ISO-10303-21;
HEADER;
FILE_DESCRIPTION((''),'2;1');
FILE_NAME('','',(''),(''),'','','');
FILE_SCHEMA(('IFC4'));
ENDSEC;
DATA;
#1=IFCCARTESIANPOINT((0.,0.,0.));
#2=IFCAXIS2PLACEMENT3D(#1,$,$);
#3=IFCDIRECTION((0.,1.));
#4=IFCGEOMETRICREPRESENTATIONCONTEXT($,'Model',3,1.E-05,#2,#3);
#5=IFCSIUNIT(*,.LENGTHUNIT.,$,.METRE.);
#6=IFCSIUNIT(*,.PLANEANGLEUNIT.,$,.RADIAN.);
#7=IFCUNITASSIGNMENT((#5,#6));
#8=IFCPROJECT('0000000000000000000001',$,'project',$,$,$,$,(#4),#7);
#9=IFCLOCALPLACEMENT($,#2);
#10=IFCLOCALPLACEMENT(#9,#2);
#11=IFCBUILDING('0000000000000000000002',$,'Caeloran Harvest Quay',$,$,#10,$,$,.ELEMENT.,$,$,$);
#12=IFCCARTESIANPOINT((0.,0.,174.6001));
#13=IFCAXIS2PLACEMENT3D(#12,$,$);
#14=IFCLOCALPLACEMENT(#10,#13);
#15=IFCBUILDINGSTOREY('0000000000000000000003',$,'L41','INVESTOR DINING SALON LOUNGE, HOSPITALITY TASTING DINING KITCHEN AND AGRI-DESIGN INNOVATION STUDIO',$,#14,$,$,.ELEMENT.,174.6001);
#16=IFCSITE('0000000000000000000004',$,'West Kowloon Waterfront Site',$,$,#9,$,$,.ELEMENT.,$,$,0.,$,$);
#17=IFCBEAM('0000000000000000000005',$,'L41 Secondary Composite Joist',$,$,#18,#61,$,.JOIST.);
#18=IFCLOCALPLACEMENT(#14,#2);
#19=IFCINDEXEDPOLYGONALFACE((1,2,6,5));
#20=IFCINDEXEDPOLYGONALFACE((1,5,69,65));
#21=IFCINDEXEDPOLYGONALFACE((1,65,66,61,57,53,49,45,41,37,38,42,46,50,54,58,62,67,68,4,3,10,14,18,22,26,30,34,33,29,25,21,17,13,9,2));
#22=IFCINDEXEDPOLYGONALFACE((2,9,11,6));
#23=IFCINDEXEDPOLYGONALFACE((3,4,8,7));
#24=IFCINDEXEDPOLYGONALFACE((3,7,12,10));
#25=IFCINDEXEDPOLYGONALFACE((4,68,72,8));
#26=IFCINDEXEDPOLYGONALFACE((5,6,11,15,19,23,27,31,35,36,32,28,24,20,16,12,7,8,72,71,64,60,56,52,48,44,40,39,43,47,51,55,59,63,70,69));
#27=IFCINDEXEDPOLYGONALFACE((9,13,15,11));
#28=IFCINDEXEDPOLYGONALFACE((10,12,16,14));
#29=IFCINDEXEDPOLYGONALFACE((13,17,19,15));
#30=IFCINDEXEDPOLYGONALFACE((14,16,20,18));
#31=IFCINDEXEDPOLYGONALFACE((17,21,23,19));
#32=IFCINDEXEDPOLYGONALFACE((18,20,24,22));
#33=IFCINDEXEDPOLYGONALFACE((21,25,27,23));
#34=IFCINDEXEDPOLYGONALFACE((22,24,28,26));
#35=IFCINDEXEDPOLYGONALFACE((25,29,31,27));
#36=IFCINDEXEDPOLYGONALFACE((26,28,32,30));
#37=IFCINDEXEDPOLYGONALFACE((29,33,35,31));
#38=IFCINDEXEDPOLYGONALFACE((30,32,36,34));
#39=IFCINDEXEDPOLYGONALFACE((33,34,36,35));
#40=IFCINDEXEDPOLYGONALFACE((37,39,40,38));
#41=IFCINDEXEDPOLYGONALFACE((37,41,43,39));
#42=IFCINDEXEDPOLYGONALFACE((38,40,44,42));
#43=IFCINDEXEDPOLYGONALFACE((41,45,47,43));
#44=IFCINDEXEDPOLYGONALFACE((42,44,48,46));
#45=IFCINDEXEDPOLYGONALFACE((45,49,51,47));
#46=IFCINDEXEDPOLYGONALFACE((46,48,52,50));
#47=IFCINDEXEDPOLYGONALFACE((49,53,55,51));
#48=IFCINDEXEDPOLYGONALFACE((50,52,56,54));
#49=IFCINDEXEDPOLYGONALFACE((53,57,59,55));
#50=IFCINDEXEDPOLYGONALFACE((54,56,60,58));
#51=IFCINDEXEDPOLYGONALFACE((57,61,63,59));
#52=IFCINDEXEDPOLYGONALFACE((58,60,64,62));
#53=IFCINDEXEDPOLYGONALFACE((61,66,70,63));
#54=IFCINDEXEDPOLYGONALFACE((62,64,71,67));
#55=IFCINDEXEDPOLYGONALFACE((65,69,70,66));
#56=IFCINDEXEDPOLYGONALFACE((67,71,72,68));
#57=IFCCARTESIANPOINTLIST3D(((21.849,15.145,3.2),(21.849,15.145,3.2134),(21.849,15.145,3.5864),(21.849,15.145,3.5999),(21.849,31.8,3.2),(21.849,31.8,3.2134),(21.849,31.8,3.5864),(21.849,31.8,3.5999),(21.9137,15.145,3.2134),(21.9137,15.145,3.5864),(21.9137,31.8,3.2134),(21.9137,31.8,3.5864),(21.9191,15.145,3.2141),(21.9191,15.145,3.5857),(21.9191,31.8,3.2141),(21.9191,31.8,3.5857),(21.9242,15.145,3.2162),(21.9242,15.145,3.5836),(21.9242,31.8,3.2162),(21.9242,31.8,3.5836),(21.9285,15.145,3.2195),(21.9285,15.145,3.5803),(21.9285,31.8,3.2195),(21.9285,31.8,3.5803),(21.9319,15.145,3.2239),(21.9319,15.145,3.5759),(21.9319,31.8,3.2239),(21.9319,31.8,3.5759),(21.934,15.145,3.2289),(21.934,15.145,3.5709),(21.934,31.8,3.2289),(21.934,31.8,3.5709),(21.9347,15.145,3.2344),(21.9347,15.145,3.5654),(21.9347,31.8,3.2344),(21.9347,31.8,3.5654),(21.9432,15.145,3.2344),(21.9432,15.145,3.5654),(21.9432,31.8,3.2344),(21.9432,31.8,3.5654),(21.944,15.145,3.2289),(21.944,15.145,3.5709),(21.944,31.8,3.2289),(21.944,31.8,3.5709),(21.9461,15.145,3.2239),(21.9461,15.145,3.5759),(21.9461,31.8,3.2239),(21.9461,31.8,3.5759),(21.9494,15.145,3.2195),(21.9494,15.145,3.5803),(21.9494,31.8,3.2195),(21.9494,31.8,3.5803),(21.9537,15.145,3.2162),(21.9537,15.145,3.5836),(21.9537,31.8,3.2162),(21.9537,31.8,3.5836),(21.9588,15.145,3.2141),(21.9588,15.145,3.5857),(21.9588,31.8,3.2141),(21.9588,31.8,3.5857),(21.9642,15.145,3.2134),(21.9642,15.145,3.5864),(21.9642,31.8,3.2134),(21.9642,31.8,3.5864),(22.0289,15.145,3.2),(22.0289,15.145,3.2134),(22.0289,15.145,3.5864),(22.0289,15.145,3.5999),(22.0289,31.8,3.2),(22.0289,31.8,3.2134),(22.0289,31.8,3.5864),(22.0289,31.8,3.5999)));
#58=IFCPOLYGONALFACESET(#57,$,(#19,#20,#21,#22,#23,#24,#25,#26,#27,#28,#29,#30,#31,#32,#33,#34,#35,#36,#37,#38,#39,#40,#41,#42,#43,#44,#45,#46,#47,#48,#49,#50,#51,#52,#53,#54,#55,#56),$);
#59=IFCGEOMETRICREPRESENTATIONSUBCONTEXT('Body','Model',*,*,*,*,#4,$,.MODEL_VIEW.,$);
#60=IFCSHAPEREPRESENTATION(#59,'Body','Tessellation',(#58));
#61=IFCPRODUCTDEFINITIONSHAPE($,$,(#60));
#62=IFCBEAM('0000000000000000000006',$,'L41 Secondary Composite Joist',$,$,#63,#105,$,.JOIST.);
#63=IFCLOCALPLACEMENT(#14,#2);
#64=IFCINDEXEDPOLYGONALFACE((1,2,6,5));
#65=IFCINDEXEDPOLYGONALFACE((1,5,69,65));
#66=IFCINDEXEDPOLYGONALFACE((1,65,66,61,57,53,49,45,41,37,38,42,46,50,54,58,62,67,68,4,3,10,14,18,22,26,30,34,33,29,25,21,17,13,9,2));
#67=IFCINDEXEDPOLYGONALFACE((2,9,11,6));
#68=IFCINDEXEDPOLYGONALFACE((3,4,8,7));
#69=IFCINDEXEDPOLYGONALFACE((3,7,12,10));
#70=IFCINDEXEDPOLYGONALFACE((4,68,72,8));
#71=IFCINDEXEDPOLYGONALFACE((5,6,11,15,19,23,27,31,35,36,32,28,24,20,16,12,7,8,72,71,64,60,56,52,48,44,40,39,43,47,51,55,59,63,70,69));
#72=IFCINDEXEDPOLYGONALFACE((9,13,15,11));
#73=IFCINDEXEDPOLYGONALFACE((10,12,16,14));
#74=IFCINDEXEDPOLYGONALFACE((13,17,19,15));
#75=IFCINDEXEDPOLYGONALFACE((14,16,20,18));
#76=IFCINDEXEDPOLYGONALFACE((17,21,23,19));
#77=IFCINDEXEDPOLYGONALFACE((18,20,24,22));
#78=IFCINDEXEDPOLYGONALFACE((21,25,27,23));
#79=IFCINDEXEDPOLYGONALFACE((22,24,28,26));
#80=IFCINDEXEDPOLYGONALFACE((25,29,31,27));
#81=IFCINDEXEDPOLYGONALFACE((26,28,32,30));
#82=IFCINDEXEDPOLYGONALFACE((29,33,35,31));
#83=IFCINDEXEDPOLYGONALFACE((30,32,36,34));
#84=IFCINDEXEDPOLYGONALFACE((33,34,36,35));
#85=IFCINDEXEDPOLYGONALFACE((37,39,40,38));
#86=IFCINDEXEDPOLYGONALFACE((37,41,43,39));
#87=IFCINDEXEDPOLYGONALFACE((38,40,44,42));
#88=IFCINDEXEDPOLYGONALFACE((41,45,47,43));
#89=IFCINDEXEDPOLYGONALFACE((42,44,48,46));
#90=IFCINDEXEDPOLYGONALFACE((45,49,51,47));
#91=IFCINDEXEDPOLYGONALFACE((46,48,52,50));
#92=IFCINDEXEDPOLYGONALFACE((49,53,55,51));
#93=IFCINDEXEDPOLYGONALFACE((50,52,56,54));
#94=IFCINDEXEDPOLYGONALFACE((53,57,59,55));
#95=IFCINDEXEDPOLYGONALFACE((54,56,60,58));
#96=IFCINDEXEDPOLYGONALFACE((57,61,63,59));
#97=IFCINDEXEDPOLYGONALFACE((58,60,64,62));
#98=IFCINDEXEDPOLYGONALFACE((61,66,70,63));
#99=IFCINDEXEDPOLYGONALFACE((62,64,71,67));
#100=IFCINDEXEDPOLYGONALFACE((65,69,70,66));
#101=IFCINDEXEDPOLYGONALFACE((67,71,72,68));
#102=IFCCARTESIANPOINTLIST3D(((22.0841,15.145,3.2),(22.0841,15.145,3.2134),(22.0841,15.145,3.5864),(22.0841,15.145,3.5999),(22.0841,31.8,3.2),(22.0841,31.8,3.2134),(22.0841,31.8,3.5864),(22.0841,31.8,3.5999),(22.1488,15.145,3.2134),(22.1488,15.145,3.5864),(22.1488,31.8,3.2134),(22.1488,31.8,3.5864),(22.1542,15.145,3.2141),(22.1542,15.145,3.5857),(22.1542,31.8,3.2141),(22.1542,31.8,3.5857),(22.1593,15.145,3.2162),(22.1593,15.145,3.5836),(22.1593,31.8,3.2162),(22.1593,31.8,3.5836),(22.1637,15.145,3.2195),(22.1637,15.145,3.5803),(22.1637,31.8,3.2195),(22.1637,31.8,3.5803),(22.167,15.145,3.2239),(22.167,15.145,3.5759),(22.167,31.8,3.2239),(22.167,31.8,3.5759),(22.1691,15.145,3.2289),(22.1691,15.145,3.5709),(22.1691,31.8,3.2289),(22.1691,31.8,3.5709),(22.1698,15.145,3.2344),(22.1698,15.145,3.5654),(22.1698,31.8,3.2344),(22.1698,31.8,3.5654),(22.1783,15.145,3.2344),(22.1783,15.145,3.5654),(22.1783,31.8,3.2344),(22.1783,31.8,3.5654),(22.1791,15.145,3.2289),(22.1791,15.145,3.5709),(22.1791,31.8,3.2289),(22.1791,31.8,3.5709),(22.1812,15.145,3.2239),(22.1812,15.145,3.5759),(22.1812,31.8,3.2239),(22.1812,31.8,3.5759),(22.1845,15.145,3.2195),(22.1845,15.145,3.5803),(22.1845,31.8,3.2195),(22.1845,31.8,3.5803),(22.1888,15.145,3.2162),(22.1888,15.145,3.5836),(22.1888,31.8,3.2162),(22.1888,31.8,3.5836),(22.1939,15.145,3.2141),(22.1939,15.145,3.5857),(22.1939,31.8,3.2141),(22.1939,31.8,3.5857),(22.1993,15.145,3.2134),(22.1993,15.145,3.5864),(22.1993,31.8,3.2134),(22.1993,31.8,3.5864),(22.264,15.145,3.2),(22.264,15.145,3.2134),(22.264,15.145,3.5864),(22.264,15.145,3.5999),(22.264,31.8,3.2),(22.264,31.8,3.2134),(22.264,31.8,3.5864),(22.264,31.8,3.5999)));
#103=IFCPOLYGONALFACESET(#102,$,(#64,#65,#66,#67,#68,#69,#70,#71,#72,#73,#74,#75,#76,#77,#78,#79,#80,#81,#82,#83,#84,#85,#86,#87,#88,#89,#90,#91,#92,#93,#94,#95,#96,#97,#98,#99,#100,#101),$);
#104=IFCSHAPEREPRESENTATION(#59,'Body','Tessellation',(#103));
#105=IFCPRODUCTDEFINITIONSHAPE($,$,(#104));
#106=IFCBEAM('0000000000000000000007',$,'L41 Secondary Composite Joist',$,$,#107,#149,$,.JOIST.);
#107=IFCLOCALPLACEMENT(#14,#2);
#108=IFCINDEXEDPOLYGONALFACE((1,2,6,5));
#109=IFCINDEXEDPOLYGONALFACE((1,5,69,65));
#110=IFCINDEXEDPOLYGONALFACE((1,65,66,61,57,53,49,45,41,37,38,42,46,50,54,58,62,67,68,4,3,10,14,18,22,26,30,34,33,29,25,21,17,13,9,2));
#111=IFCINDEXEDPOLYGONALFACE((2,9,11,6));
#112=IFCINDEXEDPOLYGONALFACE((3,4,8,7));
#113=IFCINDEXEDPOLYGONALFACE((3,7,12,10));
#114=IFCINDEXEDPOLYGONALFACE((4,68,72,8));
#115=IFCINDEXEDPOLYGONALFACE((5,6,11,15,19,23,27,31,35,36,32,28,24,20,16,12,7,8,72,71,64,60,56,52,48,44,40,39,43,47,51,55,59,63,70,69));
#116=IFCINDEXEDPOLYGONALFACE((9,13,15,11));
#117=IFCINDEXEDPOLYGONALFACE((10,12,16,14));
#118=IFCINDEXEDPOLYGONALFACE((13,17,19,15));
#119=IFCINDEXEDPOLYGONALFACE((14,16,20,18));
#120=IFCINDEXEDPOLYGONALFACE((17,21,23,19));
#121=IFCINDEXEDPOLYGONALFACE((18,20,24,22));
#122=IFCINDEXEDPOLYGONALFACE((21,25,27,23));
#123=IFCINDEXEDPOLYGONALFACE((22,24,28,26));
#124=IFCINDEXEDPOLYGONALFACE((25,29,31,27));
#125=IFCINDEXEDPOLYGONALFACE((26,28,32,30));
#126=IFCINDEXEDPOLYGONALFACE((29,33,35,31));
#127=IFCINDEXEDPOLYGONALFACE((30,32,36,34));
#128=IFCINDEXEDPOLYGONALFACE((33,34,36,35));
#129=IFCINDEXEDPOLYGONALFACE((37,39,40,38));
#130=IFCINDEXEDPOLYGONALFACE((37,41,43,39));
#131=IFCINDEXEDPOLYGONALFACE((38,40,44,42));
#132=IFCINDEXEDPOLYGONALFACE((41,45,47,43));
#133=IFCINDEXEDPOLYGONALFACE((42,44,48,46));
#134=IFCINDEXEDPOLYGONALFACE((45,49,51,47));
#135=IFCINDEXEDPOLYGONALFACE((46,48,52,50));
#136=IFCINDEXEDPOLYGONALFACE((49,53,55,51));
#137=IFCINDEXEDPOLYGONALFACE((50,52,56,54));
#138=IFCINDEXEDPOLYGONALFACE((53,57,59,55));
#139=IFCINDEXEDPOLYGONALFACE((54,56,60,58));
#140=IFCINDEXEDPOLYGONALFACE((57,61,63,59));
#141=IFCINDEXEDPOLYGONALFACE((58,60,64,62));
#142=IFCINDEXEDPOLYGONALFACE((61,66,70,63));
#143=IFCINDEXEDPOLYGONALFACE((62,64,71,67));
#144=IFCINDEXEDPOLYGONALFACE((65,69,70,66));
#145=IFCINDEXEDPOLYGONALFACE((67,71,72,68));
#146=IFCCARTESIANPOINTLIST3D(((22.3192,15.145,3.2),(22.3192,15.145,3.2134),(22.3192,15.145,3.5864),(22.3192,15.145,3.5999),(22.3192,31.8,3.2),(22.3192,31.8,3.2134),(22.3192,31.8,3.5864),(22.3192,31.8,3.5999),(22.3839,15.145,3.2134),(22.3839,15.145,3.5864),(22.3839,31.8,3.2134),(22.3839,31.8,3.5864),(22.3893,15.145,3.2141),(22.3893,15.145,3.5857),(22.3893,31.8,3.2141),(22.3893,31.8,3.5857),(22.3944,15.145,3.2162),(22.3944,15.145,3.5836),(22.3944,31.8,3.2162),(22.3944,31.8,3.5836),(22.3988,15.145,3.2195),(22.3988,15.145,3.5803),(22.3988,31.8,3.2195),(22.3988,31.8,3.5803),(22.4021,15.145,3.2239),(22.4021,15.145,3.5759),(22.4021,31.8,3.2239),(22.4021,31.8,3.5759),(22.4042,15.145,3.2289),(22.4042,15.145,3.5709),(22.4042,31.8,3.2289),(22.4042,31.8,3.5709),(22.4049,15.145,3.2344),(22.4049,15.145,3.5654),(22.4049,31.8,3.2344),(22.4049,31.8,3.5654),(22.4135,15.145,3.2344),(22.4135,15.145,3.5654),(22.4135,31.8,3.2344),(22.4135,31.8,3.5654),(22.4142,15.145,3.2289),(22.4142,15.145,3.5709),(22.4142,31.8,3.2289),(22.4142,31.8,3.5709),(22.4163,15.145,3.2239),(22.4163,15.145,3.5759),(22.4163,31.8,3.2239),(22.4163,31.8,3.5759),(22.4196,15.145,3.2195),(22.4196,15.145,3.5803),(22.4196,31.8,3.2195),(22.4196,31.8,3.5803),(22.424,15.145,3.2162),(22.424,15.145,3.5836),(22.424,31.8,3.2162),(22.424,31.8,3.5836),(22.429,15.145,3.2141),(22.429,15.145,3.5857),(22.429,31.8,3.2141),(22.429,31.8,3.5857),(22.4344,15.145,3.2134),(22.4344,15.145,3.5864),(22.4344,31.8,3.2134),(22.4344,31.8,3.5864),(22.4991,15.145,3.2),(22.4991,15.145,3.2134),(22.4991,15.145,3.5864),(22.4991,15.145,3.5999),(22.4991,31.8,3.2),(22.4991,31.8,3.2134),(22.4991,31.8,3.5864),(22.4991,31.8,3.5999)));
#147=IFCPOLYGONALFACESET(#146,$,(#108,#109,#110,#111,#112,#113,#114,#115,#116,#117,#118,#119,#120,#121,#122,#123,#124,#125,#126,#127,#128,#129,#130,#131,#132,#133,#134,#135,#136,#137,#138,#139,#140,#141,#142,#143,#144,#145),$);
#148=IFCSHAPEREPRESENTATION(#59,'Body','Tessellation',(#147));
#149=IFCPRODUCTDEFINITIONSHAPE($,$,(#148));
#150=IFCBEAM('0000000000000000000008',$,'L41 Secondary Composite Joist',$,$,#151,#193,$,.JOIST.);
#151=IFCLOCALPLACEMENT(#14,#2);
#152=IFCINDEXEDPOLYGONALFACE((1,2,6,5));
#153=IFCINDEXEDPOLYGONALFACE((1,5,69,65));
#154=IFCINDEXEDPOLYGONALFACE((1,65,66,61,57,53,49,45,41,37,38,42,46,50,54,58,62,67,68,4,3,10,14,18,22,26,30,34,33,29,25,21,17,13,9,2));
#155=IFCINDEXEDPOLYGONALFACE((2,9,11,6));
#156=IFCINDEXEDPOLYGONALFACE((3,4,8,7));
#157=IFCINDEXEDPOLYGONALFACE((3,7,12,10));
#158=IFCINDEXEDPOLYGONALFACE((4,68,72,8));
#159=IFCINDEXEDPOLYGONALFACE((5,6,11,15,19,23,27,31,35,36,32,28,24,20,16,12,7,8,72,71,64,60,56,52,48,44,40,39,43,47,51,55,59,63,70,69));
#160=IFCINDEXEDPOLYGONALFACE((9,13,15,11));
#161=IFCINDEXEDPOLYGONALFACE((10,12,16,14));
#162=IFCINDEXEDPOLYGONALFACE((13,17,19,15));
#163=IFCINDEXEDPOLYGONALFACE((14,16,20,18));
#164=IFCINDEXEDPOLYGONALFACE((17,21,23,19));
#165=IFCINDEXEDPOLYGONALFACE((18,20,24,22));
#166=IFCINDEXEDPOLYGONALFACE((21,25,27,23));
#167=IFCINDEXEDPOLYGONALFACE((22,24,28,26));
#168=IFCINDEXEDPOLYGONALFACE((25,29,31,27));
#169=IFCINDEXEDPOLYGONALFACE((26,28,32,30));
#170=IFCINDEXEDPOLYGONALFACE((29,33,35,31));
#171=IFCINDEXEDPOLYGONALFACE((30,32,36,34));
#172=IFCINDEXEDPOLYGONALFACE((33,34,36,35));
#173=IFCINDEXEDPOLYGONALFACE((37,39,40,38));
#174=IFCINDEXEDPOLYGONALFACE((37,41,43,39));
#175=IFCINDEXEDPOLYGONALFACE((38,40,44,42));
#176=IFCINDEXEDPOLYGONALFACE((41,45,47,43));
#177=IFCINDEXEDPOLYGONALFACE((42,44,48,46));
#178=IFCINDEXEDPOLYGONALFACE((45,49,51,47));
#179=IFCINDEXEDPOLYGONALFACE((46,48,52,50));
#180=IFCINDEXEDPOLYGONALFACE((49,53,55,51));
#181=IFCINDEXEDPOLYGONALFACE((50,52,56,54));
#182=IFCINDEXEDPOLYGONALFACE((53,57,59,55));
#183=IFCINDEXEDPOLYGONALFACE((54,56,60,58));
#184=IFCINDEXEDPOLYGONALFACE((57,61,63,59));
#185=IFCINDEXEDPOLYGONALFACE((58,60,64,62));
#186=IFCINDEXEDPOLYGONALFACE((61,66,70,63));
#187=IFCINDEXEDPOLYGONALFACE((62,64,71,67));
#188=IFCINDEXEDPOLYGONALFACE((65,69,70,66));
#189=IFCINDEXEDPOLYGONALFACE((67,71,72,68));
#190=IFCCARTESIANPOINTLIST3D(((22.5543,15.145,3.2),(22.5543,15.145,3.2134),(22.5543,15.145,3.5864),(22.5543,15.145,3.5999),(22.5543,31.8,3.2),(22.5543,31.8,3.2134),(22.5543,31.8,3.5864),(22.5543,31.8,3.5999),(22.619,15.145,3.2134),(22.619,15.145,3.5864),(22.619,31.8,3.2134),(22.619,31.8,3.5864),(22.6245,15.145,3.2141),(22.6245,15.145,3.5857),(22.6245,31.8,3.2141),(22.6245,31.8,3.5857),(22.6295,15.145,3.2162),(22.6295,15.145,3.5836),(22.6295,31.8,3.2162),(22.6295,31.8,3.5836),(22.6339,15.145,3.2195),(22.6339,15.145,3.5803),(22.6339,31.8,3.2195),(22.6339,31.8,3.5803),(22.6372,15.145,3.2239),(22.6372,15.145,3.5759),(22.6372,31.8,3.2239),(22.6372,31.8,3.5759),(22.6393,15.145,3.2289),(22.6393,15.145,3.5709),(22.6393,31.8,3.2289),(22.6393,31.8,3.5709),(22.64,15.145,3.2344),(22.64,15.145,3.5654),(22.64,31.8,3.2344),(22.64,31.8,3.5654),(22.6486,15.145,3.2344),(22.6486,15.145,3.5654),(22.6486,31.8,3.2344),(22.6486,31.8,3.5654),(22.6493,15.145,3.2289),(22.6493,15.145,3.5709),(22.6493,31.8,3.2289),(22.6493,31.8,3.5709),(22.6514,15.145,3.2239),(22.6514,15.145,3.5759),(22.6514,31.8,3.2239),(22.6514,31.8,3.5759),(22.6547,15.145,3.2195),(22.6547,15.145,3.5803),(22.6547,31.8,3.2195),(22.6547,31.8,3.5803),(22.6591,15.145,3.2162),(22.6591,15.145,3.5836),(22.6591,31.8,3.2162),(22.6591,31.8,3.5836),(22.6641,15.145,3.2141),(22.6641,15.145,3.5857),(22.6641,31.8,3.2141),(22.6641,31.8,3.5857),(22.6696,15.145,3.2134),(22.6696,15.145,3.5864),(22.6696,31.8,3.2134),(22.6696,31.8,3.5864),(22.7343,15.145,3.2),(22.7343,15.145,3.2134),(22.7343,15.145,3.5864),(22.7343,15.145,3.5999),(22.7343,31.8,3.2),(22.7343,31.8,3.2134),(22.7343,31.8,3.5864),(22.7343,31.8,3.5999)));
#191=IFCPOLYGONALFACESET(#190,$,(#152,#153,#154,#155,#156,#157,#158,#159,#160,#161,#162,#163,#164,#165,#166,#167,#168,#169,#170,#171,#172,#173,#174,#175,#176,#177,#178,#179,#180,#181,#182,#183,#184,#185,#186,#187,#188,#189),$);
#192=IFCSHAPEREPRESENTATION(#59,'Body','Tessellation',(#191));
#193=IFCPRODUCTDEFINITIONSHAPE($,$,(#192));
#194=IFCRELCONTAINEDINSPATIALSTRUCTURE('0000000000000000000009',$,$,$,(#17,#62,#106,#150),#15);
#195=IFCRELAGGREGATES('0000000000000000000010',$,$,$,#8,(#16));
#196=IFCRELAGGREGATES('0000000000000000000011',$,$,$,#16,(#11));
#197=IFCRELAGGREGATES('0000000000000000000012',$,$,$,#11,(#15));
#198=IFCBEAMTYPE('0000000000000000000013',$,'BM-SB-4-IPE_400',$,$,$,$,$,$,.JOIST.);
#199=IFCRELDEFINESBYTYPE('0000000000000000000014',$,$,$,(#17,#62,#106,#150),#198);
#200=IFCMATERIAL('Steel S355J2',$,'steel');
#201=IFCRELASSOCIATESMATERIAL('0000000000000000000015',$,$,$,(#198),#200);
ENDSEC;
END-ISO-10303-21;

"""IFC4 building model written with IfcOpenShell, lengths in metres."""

from ifc_helpers import new_model, si_unit, direction, frame, origin, origin_2d, place, context, subcontext, project, spatial, i_section, extrude, material, material_profile, profile_set, type_object, element, save


model = new_model("IFC4")

# Units and contexts
model_context = context("Model", 3, precision=1e-05, world=origin(), true_north=direction((0.0, 1.0)))
body_context = subcontext(model_context, "Body", "Model", "MODEL_VIEW")
ifc_project = project(units=[si_unit("LENGTHUNIT", "METRE"), si_unit("PLANEANGLEUNIT", "RADIAN")], contexts=[model_context])

# Site, building, storey
site_placement = place(None, origin())
site = spatial("IfcSite", under=ifc_project, at=site_placement, Name="West Kowloon Waterfront Site", CompositionType="ELEMENT", RefElevation=0.0)
building_placement = place(site_placement, origin())
building = spatial("IfcBuilding", under=site, at=building_placement, Name="Caeloran Harvest Quay", CompositionType="ELEMENT")
storey_placement = place(building_placement, frame((0.0, 0.0, 174.6001)))
storey = spatial("IfcBuildingStorey", under=building, at=storey_placement, Name="L41", Description="INVESTOR DINING SALON LOUNGE, HOSPITALITY TASTING DINING KITCHEN AND AGRI-DESIGN INNOVATION STUDIO", CompositionType="ELEMENT", Elevation=174.6001)

# Beams
ifc_material_1 = material(Name="Steel S355J2", Category="steel")
ifc_material_profile_1 = material_profile(ifc_material_1, i_section(OverallWidth=0.1799, OverallDepth=0.3999, WebThickness=0.0085, FlangeThickness=0.0134, FilletRadius=0.021, at=origin_2d()), Name="IPE 400")
ifc_profile_set_1 = profile_set([ifc_material_profile_1], Name="Steel S355J2")
beam_type_1 = type_object("IfcBeamType", Name="BM-SB-4-IPE_400", PredefinedType="JOIST", material=ifc_profile_set_1)
for number, where, z_axis, x_axis, name in (
    (1, (21.939, 15.145, 3.3999), (0.0, 1.0, 0.0), (-1.0, 0.0, 0.0), "L41 Secondary Composite Joist"),
    (2, (22.1741, 15.145, 3.3999), (0.0, 1.0, 0.0), (-1.0, 0.0, 0.0), "L41 Secondary Composite Joist"),
    (3, (22.4092, 15.145, 3.3999), (0.0, 1.0, 0.0), (-1.0, 0.0, 0.0), "L41 Secondary Composite Joist"),
    (4, (22.6443, 15.145, 3.3999), (0.0, 1.0, 0.0), (-1.0, 0.0, 0.0), "L41 Secondary Composite Joist"),
):
    element("IfcBeam", number, at=place(storey_placement, frame(where, z_axis=z_axis, x_axis=x_axis)), inside=storey, type_object=beam_type_1, Name=name, PredefinedType="JOIST", context=body_context, shape_type="SweptSolid", body=[
        extrude(i_section(OverallWidth=0.1799, OverallDepth=0.3999, WebThickness=0.0085, FlangeThickness=0.0134, FilletRadius=0.021, at=origin_2d()), origin(), (0.0, 0.0, 1.0), 16.655),
    ])

save(model, "model.ifc")
